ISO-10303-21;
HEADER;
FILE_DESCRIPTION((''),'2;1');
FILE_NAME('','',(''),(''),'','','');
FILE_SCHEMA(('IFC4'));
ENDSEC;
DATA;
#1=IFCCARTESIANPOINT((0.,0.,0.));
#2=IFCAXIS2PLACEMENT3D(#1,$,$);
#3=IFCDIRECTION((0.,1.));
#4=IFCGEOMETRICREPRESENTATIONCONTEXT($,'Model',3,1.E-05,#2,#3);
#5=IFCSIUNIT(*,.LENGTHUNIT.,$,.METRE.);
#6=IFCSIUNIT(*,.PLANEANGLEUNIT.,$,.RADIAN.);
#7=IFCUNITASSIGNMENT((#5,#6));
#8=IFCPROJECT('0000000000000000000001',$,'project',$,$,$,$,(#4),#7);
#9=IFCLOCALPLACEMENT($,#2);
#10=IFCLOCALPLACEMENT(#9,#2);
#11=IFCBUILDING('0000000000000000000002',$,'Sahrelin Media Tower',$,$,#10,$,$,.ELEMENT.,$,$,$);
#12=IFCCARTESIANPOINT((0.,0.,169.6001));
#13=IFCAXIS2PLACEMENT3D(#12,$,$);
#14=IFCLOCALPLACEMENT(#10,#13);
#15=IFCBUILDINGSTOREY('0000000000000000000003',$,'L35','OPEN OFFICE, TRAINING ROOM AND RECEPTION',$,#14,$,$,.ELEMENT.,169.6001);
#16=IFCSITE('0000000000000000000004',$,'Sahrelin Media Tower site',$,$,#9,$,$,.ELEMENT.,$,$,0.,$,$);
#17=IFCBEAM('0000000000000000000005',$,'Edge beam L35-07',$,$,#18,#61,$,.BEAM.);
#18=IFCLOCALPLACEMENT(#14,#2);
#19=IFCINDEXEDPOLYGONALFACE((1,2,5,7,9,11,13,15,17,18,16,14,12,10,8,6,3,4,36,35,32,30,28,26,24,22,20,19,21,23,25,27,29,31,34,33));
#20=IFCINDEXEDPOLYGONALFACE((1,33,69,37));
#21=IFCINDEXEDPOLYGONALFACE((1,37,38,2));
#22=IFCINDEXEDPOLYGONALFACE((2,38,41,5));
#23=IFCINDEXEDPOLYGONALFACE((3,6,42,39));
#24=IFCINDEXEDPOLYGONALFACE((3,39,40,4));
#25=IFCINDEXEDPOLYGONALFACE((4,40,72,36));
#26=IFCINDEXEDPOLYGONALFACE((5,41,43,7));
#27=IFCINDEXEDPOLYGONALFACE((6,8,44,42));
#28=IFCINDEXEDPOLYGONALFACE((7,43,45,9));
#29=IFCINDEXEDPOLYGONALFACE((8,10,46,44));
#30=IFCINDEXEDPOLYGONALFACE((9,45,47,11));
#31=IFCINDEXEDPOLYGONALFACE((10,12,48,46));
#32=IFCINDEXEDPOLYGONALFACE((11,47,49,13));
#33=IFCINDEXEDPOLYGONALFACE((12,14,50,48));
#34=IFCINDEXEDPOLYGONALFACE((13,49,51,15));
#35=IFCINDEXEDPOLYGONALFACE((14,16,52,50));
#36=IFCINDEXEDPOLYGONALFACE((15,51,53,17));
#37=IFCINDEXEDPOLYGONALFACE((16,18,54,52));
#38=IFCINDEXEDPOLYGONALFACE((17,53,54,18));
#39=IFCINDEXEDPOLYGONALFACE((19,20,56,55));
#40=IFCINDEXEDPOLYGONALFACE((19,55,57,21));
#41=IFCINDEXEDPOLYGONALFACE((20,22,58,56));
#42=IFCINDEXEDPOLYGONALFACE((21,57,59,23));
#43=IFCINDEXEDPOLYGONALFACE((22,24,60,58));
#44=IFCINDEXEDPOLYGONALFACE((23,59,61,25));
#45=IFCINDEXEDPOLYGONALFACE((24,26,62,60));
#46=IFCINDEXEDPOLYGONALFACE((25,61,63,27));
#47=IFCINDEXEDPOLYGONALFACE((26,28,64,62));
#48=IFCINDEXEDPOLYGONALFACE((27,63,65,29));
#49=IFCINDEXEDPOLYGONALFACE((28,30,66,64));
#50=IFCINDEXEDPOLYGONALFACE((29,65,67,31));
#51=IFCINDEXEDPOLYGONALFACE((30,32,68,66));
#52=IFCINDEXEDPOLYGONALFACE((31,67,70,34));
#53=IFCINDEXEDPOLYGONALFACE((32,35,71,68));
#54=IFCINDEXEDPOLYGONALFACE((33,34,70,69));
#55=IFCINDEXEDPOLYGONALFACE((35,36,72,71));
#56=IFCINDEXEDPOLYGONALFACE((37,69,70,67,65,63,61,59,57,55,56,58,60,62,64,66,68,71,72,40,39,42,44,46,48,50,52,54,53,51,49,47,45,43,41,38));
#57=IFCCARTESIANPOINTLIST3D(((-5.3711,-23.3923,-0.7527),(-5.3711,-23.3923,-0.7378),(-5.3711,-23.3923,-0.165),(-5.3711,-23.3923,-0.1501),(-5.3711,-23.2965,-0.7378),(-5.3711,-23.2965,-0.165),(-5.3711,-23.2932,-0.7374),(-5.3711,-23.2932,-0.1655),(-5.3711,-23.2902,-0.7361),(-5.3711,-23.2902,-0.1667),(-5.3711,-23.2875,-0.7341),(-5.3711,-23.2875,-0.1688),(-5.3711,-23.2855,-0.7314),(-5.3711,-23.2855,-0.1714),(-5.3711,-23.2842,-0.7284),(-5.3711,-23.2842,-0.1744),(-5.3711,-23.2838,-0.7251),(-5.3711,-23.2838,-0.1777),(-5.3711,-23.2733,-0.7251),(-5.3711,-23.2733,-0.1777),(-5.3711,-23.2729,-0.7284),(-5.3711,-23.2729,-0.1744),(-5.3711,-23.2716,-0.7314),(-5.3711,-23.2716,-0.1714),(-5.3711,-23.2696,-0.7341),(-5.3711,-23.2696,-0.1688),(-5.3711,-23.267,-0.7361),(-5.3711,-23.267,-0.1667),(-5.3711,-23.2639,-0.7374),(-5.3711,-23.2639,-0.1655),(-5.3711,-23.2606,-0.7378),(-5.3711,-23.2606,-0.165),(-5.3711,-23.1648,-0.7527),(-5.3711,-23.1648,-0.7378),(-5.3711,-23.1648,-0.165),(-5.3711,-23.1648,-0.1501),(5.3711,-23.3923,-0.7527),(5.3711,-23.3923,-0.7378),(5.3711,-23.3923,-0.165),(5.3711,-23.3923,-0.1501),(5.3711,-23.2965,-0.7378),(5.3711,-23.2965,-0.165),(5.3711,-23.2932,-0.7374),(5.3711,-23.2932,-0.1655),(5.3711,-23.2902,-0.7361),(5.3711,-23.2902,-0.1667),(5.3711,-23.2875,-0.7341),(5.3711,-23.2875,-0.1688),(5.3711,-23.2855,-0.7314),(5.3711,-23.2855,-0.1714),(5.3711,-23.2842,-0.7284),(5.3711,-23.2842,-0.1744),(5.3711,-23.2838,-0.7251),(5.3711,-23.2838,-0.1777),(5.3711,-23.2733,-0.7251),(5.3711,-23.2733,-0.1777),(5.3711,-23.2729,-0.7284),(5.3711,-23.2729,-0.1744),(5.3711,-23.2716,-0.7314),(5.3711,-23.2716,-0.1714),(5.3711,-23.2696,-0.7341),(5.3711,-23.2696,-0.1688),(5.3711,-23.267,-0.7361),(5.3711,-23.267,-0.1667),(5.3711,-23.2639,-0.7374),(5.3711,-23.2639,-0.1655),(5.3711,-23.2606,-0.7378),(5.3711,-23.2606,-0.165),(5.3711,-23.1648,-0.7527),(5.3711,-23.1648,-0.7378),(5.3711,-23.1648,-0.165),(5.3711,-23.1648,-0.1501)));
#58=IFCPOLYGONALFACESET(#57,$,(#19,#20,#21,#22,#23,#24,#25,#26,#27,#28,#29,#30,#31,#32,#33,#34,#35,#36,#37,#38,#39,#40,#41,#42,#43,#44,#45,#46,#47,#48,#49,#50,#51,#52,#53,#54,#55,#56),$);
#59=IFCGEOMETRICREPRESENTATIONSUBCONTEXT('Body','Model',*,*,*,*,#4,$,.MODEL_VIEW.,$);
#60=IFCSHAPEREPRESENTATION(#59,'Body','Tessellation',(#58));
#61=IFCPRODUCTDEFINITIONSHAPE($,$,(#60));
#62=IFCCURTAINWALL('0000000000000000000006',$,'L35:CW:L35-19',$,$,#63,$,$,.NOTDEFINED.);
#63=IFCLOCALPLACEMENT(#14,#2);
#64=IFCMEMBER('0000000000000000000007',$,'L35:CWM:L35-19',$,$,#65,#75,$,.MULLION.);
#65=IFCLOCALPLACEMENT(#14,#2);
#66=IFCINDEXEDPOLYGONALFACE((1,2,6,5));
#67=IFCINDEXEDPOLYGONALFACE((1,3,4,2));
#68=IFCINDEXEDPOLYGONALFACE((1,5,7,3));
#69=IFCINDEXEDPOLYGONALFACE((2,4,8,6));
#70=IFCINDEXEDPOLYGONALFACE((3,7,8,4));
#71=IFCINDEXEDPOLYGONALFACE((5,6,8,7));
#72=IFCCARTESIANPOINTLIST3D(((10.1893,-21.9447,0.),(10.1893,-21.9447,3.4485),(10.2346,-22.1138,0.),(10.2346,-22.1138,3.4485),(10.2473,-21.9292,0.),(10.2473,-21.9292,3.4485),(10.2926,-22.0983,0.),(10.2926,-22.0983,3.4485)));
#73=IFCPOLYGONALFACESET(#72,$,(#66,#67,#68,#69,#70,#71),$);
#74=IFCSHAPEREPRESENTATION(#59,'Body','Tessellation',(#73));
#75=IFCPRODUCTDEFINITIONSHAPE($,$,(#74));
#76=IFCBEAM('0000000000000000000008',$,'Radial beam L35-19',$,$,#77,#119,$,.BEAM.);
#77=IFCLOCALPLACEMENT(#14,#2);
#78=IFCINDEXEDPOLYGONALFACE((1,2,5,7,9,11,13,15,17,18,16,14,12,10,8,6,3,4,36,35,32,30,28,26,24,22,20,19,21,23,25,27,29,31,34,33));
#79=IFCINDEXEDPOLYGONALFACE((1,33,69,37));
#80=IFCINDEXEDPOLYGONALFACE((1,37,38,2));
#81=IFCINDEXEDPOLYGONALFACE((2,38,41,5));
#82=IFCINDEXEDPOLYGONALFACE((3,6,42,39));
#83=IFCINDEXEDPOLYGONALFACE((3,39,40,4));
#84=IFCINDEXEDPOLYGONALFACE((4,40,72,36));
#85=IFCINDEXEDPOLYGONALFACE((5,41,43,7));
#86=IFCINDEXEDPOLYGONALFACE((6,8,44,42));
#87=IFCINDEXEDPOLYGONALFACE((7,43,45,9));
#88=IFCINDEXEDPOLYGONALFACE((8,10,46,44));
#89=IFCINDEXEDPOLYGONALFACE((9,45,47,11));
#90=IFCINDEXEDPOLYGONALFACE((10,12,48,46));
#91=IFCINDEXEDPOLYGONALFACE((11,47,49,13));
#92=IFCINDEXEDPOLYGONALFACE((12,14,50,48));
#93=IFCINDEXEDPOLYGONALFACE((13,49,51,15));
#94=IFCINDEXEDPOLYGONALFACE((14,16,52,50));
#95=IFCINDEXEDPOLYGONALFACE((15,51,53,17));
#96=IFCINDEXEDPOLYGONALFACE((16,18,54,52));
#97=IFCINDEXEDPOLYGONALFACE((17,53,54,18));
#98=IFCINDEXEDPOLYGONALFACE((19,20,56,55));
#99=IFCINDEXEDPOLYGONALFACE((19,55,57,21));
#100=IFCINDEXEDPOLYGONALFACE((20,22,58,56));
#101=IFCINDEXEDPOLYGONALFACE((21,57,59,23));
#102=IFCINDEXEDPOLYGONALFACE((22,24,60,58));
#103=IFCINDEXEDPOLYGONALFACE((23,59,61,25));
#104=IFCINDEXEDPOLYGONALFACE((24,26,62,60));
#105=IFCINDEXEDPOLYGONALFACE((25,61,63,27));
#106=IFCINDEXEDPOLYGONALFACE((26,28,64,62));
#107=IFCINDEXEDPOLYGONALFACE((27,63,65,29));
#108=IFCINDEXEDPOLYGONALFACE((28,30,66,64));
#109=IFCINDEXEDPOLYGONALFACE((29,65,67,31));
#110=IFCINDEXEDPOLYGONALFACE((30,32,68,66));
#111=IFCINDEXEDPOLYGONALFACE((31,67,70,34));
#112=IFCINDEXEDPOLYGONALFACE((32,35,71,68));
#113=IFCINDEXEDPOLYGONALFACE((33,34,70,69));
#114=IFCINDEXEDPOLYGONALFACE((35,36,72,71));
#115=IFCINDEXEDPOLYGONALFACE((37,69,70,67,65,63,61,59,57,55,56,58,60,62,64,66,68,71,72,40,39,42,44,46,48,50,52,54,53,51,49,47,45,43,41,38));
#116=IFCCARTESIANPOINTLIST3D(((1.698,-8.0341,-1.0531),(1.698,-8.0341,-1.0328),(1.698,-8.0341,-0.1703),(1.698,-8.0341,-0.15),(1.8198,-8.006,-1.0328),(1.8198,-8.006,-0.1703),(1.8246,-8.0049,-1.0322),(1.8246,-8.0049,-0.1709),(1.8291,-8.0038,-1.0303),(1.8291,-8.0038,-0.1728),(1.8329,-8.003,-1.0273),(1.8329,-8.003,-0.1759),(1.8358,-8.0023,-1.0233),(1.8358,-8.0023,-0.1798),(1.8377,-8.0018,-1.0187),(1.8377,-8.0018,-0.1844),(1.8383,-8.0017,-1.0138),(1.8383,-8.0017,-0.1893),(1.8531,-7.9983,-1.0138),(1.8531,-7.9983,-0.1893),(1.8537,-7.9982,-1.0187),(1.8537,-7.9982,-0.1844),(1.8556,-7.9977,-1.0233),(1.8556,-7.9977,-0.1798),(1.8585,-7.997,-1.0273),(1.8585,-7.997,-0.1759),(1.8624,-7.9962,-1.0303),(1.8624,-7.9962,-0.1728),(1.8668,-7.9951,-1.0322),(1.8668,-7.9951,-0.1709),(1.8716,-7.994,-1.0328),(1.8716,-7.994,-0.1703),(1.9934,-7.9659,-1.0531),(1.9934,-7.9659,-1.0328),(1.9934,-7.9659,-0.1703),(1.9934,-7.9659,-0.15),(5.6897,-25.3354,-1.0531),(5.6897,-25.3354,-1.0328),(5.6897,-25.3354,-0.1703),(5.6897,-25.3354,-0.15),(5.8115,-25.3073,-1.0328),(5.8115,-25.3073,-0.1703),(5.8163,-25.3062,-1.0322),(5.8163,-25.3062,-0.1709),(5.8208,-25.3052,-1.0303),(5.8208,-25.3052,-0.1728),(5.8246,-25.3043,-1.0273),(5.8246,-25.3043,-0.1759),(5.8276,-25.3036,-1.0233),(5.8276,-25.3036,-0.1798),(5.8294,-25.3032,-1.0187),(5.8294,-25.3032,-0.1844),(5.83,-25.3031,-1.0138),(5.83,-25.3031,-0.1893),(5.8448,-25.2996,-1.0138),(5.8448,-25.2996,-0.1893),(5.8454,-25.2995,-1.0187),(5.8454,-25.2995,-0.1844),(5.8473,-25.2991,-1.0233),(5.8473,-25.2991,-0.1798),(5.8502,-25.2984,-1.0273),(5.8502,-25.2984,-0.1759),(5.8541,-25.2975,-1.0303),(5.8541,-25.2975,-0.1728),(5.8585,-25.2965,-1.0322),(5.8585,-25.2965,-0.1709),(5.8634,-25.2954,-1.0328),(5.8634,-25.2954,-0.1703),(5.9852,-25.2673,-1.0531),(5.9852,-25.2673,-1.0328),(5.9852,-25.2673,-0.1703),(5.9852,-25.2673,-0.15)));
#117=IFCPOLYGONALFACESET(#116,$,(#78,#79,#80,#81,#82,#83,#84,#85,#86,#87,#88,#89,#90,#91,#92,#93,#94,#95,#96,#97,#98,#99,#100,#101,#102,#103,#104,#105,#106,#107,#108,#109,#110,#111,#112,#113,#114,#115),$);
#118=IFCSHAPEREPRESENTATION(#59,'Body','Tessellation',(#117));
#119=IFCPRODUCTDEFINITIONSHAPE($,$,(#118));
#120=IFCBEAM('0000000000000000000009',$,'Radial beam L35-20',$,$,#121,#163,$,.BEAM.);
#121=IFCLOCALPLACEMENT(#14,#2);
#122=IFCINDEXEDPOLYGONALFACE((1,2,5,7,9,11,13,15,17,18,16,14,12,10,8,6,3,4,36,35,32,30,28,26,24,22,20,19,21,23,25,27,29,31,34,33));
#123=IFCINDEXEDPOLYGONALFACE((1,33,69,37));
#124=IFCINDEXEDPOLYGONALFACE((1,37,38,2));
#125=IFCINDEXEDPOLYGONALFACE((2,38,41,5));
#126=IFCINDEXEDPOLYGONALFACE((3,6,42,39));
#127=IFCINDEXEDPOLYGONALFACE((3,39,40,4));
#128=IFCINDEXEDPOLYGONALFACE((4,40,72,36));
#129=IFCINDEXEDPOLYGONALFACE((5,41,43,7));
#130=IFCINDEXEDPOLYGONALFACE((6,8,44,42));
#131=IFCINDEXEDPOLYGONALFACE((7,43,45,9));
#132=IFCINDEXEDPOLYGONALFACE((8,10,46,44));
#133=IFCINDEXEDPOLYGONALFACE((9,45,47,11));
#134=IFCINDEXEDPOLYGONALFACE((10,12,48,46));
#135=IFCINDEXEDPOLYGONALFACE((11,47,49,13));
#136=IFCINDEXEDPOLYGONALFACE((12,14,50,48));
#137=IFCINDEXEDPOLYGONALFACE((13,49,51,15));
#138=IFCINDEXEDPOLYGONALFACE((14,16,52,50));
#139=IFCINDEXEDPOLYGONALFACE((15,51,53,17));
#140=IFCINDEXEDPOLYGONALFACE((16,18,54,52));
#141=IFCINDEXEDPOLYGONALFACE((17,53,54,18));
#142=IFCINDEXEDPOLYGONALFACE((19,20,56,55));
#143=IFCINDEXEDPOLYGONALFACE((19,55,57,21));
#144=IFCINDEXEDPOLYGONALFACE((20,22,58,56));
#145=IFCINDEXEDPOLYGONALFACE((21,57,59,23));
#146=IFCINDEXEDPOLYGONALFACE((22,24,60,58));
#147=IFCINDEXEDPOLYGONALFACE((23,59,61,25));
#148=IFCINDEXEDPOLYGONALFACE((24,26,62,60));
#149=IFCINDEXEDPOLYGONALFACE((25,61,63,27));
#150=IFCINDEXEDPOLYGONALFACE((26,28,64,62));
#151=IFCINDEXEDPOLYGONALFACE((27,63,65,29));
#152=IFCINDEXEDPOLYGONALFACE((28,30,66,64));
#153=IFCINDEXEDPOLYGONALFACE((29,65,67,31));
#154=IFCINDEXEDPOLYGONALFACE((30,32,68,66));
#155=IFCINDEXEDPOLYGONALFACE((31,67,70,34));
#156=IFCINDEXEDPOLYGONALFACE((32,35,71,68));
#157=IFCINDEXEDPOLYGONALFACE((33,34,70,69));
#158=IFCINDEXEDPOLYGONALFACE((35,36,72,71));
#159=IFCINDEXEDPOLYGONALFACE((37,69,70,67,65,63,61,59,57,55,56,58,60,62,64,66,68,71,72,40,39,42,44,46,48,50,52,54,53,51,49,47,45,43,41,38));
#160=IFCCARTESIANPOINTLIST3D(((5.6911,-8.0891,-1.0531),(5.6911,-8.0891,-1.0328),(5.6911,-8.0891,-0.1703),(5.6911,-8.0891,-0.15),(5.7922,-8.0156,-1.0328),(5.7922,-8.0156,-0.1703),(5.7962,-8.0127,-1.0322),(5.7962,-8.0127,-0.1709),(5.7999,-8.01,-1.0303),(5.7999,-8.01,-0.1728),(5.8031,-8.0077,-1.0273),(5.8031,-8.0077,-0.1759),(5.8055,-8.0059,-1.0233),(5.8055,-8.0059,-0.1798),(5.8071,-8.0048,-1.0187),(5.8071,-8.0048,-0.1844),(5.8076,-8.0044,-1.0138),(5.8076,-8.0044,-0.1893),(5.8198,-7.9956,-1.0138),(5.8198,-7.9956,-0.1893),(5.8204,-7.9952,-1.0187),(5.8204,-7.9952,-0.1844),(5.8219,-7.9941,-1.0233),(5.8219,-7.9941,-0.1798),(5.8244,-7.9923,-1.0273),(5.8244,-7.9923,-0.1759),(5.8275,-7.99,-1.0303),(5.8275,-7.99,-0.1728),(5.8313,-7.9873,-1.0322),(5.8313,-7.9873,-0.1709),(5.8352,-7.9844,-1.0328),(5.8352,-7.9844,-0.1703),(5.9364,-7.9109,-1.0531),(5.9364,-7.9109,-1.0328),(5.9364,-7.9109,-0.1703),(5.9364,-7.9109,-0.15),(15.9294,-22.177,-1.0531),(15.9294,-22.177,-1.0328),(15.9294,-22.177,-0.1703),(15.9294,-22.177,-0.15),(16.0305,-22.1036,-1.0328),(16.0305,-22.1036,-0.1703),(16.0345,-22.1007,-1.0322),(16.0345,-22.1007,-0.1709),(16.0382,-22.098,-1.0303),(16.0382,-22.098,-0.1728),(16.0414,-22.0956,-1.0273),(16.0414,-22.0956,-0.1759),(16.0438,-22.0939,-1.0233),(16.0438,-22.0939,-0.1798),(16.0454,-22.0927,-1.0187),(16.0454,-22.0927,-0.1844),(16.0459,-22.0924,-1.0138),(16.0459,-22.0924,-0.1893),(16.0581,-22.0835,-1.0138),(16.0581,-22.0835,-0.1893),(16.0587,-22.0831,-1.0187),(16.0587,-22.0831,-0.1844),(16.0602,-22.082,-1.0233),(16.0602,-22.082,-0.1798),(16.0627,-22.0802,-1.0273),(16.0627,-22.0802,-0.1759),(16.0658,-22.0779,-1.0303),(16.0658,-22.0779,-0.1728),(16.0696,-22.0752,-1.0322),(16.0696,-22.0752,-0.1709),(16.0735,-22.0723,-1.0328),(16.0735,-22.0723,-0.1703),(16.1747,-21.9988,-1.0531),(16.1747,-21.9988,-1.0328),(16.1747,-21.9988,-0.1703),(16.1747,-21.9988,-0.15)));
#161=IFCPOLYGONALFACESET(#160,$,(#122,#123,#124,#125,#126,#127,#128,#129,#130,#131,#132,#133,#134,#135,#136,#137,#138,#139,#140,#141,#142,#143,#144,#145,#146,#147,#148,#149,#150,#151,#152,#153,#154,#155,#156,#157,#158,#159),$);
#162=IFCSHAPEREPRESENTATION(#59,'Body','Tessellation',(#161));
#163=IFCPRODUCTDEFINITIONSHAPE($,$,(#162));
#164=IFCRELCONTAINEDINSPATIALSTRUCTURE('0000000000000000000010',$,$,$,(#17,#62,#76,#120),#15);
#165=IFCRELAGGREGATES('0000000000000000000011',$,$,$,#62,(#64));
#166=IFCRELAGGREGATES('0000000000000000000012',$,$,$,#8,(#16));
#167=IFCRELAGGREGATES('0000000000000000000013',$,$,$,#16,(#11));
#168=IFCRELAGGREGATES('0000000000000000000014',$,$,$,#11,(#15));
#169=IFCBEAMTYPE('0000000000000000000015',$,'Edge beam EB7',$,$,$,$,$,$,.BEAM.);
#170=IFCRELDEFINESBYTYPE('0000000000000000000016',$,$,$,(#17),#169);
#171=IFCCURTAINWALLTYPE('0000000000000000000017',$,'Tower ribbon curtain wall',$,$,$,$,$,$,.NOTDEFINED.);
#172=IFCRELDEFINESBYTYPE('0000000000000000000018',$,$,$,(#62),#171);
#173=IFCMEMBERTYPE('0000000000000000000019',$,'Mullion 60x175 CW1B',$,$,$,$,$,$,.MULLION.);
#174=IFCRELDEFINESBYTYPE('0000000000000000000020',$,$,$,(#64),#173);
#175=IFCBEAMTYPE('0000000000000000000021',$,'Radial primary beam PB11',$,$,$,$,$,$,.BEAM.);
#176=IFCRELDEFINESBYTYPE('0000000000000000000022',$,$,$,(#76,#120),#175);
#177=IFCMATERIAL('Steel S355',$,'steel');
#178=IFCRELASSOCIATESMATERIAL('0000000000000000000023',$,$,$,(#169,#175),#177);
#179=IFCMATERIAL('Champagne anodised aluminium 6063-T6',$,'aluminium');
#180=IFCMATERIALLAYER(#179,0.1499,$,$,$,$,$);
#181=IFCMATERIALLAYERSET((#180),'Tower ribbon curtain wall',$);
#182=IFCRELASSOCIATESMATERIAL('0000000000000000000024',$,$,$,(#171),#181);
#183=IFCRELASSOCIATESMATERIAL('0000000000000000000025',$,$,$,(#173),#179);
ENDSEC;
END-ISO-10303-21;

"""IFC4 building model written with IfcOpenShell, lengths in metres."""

from ifc_helpers import new_model, si_unit, direction, frame, origin, origin_2d, place, context, subcontext, project, spatial, rectangle, i_section, extrude, material, layer, layer_set, material_profile, profile_set, type_object, element, aggregate, save


model = new_model("IFC4")

# Units and contexts
model_context = context("Model", 3, precision=1e-05, world=origin(), true_north=direction((0.0, 1.0)))
body_context = subcontext(model_context, "Body", "Model", "MODEL_VIEW")
ifc_project = project(units=[si_unit("LENGTHUNIT", "METRE"), si_unit("PLANEANGLEUNIT", "RADIAN")], contexts=[model_context])

# Site, building, storey
site_placement = place(None, origin())
site = spatial("IfcSite", under=ifc_project, at=site_placement, Name="Sahrelin Media Tower site", CompositionType="ELEMENT", RefElevation=0.0)
building_placement = place(site_placement, origin())
building = spatial("IfcBuilding", under=site, at=building_placement, Name="Sahrelin Media Tower", CompositionType="ELEMENT")
storey_placement = place(building_placement, frame((0.0, 0.0, 169.6001)))
storey = spatial("IfcBuildingStorey", under=building, at=storey_placement, Name="L35", Description="OPEN OFFICE, TRAINING ROOM AND RECEPTION", CompositionType="ELEMENT", Elevation=169.6001)

# Beam
ifc_material_1 = material(Name="Steel S355", Category="steel")
ifc_material_profile_1 = material_profile(ifc_material_1, i_section(OverallWidth=0.2275, OverallDepth=0.6025, WebThickness=0.0105, FlangeThickness=0.0149, FilletRadius=0.0127, at=origin_2d()), Name="UB 610x229x101")
ifc_profile_set_1 = profile_set([ifc_material_profile_1], Name="Steel S355")
beam_type_1 = type_object("IfcBeamType", Name="Edge beam EB7", PredefinedType="BEAM", material=ifc_profile_set_1)
beam_1_placement = place(storey_placement, frame((5.3711, -23.2786, -0.4514), z_axis=(-1.0, 0.0, 0.0), x_axis=(0.0, -1.0, 0.0)))
element("IfcBeam", 1, at=beam_1_placement, inside=storey, type_object=beam_type_1, Name="Edge beam L35-07", PredefinedType="BEAM", context=body_context, shape_type="SweptSolid", body=[
    extrude(i_section(OverallWidth=0.2275, OverallDepth=0.6025, WebThickness=0.0105, FlangeThickness=0.0149, FilletRadius=0.0127, at=origin_2d()), origin(), (0.0, 0.0, 1.0), 10.7422),
])

# Curtain wall, member
ifc_material_2 = material(Name="Champagne anodised aluminium 6063-T6", Category="aluminium")
ifc_layer_1 = layer(ifc_material_2, 0.1499)
ifc_layer_set_1 = layer_set([ifc_layer_1], Name="Tower ribbon curtain wall")
curtain_wall_type = type_object("IfcCurtainWallType", Name="Tower ribbon curtain wall", PredefinedType="NOTDEFINED", material=ifc_layer_set_1)
curtain_wall_placement = place(storey_placement, frame((10.2688, -22.1255, 0.0), z_axis=(0.0, 0.0, 1.0), x_axis=(1.0, 0.0, 0.0)))
curtain_wall = element("IfcCurtainWall", 2, at=curtain_wall_placement, inside=storey, type_object=curtain_wall_type, Name="L35:CW:L35-19", PredefinedType="NOTDEFINED")
ifc_material_profile_2 = material_profile(ifc_material_2, rectangle(XDim=0.0601, YDim=0.175, at=origin_2d()), Name="Mullion 60x175")
ifc_profile_set_2 = profile_set([ifc_material_profile_2], Name="Champagne anodised aluminium 6063-T6")
member_type_1 = type_object("IfcMemberType", Name="Mullion 60x175 CW1B", PredefinedType="MULLION", material=ifc_profile_set_2)
member_1_placement = place(storey_placement, frame((10.241, -22.0215, 0.0), z_axis=(0.0, 0.0, 1.0), x_axis=(0.965924, 0.258826, 0.0)))
member_1 = element("IfcMember", 3, at=member_1_placement, type_object=member_type_1, Name="L35:CWM:L35-19", PredefinedType="MULLION", context=body_context, shape_type="SweptSolid", body=[
    extrude(rectangle(XDim=0.0601, YDim=0.175, at=origin_2d()), origin(), (0.0, 0.0, 1.0), 3.4485),
])

# Beams
ifc_material_profile_3 = material_profile(ifc_material_1, i_section(OverallWidth=0.3032, OverallDepth=0.9031, WebThickness=0.0151, FlangeThickness=0.0203, FilletRadius=0.019, at=origin_2d()), Name="UB 914x305x201")
ifc_profile_set_3 = profile_set([ifc_material_profile_3], Name="Steel S355")
beam_type_2 = type_object("IfcBeamType", Name="Radial primary beam PB11", PredefinedType="BEAM", material=ifc_profile_set_3)
beam_2_placement = place(storey_placement, frame((1.8457, -8.0, -0.6016), z_axis=(0.224811, -0.974402, 0.0), x_axis=(0.974402, 0.224811, 0.0)))
element("IfcBeam", 4, at=beam_2_placement, inside=storey, type_object=beam_type_2, Name="Radial beam L35-19", PredefinedType="BEAM", context=body_context, shape_type="SweptSolid", body=[
    extrude(i_section(OverallWidth=0.3032, OverallDepth=0.9031, WebThickness=0.0151, FlangeThickness=0.0203, FilletRadius=0.019, at=origin_2d()), origin(), (0.0, 0.0, 1.0), 17.7559),
])
beam_3_placement = place(storey_placement, frame((5.8137, -8.0, -0.6016), z_axis=(0.587892, -0.80894, 0.0), x_axis=(0.80894, 0.587892, 0.0)))
element("IfcBeam", 5, at=beam_3_placement, inside=storey, type_object=beam_type_2, Name="Radial beam L35-20", PredefinedType="BEAM", context=body_context, shape_type="SweptSolid", body=[
    extrude(i_section(OverallWidth=0.3032, OverallDepth=0.9031, WebThickness=0.0151, FlangeThickness=0.0203, FilletRadius=0.019, at=origin_2d()), origin(), (0.0, 0.0, 1.0), 17.4153),
])

aggregate(curtain_wall, [member_1])

save(model, "model.ifc")
